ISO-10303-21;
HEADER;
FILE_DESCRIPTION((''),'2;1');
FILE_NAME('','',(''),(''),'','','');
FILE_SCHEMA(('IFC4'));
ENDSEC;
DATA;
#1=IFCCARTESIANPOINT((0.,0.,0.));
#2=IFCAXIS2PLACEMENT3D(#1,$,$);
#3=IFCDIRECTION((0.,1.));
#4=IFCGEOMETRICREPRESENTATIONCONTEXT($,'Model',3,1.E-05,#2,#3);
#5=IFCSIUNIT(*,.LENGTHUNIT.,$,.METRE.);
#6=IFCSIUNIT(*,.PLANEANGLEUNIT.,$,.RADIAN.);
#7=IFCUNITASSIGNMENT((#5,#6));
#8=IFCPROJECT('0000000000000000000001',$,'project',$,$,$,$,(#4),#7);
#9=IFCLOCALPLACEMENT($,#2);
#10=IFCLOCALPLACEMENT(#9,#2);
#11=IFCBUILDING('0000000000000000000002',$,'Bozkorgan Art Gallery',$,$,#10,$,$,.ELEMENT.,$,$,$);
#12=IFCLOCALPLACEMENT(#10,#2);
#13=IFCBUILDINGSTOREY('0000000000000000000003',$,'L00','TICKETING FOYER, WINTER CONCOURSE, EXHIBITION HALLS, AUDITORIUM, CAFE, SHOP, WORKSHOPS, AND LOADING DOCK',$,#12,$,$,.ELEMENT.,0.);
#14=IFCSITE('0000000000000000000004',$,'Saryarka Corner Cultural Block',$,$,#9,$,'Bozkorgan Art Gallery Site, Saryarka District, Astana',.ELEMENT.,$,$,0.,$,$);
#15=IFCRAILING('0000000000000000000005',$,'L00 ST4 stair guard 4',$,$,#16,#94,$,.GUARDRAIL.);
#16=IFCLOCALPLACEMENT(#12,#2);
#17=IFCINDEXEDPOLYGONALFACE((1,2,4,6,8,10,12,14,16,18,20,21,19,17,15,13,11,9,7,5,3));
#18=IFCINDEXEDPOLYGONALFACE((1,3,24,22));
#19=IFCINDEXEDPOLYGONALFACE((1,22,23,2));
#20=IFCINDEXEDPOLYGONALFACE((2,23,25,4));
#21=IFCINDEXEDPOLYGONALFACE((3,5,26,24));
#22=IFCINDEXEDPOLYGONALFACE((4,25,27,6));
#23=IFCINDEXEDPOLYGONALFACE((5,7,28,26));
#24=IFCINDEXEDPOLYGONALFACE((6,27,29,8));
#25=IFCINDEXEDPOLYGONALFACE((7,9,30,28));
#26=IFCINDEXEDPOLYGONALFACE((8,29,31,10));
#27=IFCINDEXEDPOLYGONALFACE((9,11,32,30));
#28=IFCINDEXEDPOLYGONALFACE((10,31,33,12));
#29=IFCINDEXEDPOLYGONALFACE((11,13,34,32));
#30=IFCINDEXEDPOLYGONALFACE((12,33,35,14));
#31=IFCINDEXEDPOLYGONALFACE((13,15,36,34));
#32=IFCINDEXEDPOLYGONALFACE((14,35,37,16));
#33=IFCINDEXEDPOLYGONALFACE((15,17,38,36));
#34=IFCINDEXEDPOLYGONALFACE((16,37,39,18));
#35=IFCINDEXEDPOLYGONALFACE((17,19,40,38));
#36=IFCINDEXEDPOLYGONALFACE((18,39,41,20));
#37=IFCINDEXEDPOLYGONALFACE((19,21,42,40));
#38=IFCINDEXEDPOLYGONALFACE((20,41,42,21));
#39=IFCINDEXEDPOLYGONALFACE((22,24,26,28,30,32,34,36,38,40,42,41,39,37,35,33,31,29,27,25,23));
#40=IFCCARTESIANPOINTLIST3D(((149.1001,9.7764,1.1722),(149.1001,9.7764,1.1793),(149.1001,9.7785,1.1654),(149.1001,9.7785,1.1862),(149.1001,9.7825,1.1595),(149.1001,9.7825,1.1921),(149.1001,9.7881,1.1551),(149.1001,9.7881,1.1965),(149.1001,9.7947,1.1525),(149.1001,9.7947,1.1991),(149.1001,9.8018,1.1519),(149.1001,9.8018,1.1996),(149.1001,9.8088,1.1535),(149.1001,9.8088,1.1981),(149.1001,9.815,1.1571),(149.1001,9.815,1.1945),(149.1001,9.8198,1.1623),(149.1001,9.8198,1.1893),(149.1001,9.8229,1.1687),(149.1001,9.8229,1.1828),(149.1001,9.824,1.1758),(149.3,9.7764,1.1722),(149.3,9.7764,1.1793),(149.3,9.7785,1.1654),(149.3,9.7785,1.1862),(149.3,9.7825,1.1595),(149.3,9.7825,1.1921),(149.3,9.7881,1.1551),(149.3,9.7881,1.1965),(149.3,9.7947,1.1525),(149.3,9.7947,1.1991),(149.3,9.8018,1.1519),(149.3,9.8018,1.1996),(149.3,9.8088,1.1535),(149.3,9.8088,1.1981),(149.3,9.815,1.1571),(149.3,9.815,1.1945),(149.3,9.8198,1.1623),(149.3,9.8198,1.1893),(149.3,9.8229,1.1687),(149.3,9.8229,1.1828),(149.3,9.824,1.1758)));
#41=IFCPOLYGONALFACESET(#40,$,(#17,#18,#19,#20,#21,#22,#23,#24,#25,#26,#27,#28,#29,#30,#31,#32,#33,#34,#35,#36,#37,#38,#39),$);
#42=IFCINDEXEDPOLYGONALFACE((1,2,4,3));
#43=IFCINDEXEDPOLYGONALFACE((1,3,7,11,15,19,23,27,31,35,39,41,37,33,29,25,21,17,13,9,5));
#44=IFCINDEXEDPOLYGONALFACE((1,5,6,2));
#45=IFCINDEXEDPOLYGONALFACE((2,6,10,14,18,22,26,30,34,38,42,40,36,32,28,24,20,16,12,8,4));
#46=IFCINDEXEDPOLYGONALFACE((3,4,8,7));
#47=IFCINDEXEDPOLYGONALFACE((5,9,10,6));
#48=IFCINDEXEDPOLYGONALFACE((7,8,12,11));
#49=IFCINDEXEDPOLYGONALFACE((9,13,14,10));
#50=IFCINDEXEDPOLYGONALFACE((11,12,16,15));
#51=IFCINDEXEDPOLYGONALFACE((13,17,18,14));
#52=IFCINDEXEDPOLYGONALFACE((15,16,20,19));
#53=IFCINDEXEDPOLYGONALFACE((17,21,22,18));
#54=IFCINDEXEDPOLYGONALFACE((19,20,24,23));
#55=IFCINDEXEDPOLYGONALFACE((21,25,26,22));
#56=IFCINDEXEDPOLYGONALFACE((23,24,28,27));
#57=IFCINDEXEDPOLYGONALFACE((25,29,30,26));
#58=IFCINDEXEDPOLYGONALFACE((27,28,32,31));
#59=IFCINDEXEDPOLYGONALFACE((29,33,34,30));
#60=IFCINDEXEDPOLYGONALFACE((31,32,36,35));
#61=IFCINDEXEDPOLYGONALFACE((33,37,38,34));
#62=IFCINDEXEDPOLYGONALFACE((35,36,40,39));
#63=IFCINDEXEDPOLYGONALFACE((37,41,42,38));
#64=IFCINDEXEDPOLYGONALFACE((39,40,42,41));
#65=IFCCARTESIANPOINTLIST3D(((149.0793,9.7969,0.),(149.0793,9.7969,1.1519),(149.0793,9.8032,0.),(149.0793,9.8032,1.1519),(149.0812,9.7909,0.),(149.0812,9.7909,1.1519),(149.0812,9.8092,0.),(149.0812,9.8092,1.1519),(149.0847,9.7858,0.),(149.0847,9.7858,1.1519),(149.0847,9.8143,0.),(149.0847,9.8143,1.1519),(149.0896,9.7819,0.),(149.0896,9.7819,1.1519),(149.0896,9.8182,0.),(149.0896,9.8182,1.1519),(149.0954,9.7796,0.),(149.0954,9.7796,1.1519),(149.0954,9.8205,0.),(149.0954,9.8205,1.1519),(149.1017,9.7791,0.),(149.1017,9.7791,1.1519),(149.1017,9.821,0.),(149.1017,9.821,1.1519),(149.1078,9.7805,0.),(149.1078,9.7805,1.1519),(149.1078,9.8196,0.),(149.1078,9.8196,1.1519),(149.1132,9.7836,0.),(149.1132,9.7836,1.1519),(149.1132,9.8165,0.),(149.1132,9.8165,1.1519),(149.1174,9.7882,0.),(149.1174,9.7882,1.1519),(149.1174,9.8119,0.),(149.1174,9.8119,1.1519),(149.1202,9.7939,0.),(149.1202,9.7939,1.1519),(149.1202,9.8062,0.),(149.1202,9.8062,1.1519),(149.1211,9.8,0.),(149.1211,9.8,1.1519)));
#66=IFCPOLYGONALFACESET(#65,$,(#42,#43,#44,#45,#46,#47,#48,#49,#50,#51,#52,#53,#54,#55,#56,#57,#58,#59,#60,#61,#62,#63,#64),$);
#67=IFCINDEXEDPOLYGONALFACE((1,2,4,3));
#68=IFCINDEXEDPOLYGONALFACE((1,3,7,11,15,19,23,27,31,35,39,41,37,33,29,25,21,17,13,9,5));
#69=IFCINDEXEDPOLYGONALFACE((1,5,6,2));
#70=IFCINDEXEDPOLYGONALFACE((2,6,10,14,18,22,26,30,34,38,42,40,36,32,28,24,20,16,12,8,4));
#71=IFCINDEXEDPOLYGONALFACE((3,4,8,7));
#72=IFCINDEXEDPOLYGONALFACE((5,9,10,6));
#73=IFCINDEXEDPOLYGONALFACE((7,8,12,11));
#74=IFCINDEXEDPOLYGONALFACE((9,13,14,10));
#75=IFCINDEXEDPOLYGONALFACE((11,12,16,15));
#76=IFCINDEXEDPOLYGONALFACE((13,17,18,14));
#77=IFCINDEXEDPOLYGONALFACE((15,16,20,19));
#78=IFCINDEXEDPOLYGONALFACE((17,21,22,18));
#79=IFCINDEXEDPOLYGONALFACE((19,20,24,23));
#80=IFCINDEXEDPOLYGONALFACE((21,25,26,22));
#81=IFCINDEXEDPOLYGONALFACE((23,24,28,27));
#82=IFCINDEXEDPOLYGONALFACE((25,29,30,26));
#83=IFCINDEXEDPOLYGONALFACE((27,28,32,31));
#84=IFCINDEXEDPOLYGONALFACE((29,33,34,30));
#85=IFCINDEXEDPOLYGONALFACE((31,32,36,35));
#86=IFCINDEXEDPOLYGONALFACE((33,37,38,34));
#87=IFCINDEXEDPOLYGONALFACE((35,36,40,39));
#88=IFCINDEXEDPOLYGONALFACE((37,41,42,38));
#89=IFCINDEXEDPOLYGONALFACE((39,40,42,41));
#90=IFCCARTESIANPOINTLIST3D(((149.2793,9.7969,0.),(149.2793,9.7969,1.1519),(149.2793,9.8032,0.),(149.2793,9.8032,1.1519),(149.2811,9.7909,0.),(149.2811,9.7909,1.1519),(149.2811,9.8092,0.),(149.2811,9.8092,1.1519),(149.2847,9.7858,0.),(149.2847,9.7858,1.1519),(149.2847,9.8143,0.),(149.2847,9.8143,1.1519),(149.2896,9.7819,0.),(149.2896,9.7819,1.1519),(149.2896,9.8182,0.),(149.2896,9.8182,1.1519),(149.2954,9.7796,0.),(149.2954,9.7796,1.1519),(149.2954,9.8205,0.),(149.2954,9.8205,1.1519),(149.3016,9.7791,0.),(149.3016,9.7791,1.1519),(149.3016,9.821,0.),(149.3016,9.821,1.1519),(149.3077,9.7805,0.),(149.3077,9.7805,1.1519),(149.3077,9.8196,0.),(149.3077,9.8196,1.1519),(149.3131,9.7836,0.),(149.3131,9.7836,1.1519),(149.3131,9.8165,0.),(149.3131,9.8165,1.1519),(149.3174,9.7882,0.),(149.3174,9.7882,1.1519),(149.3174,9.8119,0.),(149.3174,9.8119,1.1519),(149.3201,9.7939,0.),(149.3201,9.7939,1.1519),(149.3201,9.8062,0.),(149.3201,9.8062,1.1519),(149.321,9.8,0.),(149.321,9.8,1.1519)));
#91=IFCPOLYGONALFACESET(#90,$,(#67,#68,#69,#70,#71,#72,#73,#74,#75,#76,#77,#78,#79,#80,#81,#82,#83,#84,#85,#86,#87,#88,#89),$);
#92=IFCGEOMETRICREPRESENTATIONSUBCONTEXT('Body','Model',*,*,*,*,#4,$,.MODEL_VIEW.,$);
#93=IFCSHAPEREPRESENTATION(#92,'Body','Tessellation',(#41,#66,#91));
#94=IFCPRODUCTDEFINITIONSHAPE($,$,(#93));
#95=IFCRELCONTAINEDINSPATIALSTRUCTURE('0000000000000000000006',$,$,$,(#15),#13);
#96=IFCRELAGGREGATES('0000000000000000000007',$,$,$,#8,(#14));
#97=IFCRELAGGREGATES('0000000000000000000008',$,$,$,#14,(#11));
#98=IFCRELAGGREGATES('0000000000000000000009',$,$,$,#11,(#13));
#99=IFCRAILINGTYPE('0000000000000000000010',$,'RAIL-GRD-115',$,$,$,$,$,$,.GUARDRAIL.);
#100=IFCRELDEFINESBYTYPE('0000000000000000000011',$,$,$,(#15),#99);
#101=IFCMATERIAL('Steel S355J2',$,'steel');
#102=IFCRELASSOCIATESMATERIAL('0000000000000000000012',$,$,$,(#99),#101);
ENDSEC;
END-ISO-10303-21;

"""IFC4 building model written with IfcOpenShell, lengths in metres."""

from ifc_helpers import new_model, si_unit, direction, frame, origin, origin_2d, place, context, subcontext, project, spatial, circle, extrude, material, type_object, element, save


model = new_model("IFC4")

# Units and contexts
model_context = context("Model", 3, precision=1e-05, world=origin(), true_north=direction((0.0, 1.0)))
body_context = subcontext(model_context, "Body", "Model", "MODEL_VIEW")
ifc_project = project(units=[si_unit("LENGTHUNIT", "METRE"), si_unit("PLANEANGLEUNIT", "RADIAN")], contexts=[model_context])

# Site, building, storey
site_placement = place(None, origin())
site = spatial("IfcSite", under=ifc_project, at=site_placement, Name="Saryarka Corner Cultural Block", LongName="Bozkorgan Art Gallery Site, Saryarka District, Astana", CompositionType="ELEMENT", RefElevation=0.0)
building_placement = place(site_placement, origin())
building = spatial("IfcBuilding", under=site, at=building_placement, Name="Bozkorgan Art Gallery", CompositionType="ELEMENT")
storey_placement = place(building_placement, origin())
storey = spatial("IfcBuildingStorey", under=building, at=storey_placement, Name="L00", Description="TICKETING FOYER, WINTER CONCOURSE, EXHIBITION HALLS, AUDITORIUM, CAFE, SHOP, WORKSHOPS, AND LOADING DOCK", CompositionType="ELEMENT", Elevation=0.0)

# Shared definitions
ifc_material_1 = material(Name="Steel S355J2", Category="steel")

# Railing
railing_type_1 = type_object("IfcRailingType", Name="RAIL-GRD-115", PredefinedType="GUARDRAIL", material=ifc_material_1)
railing_1_placement = place(storey_placement, frame((149.1001, 9.8, 0.0)))
element("IfcRailing", 1, at=railing_1_placement, inside=storey, type_object=railing_type_1, Name="L00 ST4 stair guard 4", PredefinedType="GUARDRAIL", context=body_context, shape_type="SweptSolid", body=[
    extrude(circle(Radius=0.0239, at=origin_2d()), frame((0.0, 0.0, 1.1758), z_axis=(1.0, 0.0, 0.0), x_axis=(0.0, 1.0, 0.0)), (0.0, 0.0, 1.0), 0.2),
    extrude(circle(Radius=0.021, at=origin_2d()), origin(), (0.0, 0.0, 1.0), 1.1519),
    extrude(circle(Radius=0.021, at=origin_2d()), frame((0.2, 0.0, 0.0)), (0.0, 0.0, 1.0), 1.1519),
])

save(model, "model.ifc")
